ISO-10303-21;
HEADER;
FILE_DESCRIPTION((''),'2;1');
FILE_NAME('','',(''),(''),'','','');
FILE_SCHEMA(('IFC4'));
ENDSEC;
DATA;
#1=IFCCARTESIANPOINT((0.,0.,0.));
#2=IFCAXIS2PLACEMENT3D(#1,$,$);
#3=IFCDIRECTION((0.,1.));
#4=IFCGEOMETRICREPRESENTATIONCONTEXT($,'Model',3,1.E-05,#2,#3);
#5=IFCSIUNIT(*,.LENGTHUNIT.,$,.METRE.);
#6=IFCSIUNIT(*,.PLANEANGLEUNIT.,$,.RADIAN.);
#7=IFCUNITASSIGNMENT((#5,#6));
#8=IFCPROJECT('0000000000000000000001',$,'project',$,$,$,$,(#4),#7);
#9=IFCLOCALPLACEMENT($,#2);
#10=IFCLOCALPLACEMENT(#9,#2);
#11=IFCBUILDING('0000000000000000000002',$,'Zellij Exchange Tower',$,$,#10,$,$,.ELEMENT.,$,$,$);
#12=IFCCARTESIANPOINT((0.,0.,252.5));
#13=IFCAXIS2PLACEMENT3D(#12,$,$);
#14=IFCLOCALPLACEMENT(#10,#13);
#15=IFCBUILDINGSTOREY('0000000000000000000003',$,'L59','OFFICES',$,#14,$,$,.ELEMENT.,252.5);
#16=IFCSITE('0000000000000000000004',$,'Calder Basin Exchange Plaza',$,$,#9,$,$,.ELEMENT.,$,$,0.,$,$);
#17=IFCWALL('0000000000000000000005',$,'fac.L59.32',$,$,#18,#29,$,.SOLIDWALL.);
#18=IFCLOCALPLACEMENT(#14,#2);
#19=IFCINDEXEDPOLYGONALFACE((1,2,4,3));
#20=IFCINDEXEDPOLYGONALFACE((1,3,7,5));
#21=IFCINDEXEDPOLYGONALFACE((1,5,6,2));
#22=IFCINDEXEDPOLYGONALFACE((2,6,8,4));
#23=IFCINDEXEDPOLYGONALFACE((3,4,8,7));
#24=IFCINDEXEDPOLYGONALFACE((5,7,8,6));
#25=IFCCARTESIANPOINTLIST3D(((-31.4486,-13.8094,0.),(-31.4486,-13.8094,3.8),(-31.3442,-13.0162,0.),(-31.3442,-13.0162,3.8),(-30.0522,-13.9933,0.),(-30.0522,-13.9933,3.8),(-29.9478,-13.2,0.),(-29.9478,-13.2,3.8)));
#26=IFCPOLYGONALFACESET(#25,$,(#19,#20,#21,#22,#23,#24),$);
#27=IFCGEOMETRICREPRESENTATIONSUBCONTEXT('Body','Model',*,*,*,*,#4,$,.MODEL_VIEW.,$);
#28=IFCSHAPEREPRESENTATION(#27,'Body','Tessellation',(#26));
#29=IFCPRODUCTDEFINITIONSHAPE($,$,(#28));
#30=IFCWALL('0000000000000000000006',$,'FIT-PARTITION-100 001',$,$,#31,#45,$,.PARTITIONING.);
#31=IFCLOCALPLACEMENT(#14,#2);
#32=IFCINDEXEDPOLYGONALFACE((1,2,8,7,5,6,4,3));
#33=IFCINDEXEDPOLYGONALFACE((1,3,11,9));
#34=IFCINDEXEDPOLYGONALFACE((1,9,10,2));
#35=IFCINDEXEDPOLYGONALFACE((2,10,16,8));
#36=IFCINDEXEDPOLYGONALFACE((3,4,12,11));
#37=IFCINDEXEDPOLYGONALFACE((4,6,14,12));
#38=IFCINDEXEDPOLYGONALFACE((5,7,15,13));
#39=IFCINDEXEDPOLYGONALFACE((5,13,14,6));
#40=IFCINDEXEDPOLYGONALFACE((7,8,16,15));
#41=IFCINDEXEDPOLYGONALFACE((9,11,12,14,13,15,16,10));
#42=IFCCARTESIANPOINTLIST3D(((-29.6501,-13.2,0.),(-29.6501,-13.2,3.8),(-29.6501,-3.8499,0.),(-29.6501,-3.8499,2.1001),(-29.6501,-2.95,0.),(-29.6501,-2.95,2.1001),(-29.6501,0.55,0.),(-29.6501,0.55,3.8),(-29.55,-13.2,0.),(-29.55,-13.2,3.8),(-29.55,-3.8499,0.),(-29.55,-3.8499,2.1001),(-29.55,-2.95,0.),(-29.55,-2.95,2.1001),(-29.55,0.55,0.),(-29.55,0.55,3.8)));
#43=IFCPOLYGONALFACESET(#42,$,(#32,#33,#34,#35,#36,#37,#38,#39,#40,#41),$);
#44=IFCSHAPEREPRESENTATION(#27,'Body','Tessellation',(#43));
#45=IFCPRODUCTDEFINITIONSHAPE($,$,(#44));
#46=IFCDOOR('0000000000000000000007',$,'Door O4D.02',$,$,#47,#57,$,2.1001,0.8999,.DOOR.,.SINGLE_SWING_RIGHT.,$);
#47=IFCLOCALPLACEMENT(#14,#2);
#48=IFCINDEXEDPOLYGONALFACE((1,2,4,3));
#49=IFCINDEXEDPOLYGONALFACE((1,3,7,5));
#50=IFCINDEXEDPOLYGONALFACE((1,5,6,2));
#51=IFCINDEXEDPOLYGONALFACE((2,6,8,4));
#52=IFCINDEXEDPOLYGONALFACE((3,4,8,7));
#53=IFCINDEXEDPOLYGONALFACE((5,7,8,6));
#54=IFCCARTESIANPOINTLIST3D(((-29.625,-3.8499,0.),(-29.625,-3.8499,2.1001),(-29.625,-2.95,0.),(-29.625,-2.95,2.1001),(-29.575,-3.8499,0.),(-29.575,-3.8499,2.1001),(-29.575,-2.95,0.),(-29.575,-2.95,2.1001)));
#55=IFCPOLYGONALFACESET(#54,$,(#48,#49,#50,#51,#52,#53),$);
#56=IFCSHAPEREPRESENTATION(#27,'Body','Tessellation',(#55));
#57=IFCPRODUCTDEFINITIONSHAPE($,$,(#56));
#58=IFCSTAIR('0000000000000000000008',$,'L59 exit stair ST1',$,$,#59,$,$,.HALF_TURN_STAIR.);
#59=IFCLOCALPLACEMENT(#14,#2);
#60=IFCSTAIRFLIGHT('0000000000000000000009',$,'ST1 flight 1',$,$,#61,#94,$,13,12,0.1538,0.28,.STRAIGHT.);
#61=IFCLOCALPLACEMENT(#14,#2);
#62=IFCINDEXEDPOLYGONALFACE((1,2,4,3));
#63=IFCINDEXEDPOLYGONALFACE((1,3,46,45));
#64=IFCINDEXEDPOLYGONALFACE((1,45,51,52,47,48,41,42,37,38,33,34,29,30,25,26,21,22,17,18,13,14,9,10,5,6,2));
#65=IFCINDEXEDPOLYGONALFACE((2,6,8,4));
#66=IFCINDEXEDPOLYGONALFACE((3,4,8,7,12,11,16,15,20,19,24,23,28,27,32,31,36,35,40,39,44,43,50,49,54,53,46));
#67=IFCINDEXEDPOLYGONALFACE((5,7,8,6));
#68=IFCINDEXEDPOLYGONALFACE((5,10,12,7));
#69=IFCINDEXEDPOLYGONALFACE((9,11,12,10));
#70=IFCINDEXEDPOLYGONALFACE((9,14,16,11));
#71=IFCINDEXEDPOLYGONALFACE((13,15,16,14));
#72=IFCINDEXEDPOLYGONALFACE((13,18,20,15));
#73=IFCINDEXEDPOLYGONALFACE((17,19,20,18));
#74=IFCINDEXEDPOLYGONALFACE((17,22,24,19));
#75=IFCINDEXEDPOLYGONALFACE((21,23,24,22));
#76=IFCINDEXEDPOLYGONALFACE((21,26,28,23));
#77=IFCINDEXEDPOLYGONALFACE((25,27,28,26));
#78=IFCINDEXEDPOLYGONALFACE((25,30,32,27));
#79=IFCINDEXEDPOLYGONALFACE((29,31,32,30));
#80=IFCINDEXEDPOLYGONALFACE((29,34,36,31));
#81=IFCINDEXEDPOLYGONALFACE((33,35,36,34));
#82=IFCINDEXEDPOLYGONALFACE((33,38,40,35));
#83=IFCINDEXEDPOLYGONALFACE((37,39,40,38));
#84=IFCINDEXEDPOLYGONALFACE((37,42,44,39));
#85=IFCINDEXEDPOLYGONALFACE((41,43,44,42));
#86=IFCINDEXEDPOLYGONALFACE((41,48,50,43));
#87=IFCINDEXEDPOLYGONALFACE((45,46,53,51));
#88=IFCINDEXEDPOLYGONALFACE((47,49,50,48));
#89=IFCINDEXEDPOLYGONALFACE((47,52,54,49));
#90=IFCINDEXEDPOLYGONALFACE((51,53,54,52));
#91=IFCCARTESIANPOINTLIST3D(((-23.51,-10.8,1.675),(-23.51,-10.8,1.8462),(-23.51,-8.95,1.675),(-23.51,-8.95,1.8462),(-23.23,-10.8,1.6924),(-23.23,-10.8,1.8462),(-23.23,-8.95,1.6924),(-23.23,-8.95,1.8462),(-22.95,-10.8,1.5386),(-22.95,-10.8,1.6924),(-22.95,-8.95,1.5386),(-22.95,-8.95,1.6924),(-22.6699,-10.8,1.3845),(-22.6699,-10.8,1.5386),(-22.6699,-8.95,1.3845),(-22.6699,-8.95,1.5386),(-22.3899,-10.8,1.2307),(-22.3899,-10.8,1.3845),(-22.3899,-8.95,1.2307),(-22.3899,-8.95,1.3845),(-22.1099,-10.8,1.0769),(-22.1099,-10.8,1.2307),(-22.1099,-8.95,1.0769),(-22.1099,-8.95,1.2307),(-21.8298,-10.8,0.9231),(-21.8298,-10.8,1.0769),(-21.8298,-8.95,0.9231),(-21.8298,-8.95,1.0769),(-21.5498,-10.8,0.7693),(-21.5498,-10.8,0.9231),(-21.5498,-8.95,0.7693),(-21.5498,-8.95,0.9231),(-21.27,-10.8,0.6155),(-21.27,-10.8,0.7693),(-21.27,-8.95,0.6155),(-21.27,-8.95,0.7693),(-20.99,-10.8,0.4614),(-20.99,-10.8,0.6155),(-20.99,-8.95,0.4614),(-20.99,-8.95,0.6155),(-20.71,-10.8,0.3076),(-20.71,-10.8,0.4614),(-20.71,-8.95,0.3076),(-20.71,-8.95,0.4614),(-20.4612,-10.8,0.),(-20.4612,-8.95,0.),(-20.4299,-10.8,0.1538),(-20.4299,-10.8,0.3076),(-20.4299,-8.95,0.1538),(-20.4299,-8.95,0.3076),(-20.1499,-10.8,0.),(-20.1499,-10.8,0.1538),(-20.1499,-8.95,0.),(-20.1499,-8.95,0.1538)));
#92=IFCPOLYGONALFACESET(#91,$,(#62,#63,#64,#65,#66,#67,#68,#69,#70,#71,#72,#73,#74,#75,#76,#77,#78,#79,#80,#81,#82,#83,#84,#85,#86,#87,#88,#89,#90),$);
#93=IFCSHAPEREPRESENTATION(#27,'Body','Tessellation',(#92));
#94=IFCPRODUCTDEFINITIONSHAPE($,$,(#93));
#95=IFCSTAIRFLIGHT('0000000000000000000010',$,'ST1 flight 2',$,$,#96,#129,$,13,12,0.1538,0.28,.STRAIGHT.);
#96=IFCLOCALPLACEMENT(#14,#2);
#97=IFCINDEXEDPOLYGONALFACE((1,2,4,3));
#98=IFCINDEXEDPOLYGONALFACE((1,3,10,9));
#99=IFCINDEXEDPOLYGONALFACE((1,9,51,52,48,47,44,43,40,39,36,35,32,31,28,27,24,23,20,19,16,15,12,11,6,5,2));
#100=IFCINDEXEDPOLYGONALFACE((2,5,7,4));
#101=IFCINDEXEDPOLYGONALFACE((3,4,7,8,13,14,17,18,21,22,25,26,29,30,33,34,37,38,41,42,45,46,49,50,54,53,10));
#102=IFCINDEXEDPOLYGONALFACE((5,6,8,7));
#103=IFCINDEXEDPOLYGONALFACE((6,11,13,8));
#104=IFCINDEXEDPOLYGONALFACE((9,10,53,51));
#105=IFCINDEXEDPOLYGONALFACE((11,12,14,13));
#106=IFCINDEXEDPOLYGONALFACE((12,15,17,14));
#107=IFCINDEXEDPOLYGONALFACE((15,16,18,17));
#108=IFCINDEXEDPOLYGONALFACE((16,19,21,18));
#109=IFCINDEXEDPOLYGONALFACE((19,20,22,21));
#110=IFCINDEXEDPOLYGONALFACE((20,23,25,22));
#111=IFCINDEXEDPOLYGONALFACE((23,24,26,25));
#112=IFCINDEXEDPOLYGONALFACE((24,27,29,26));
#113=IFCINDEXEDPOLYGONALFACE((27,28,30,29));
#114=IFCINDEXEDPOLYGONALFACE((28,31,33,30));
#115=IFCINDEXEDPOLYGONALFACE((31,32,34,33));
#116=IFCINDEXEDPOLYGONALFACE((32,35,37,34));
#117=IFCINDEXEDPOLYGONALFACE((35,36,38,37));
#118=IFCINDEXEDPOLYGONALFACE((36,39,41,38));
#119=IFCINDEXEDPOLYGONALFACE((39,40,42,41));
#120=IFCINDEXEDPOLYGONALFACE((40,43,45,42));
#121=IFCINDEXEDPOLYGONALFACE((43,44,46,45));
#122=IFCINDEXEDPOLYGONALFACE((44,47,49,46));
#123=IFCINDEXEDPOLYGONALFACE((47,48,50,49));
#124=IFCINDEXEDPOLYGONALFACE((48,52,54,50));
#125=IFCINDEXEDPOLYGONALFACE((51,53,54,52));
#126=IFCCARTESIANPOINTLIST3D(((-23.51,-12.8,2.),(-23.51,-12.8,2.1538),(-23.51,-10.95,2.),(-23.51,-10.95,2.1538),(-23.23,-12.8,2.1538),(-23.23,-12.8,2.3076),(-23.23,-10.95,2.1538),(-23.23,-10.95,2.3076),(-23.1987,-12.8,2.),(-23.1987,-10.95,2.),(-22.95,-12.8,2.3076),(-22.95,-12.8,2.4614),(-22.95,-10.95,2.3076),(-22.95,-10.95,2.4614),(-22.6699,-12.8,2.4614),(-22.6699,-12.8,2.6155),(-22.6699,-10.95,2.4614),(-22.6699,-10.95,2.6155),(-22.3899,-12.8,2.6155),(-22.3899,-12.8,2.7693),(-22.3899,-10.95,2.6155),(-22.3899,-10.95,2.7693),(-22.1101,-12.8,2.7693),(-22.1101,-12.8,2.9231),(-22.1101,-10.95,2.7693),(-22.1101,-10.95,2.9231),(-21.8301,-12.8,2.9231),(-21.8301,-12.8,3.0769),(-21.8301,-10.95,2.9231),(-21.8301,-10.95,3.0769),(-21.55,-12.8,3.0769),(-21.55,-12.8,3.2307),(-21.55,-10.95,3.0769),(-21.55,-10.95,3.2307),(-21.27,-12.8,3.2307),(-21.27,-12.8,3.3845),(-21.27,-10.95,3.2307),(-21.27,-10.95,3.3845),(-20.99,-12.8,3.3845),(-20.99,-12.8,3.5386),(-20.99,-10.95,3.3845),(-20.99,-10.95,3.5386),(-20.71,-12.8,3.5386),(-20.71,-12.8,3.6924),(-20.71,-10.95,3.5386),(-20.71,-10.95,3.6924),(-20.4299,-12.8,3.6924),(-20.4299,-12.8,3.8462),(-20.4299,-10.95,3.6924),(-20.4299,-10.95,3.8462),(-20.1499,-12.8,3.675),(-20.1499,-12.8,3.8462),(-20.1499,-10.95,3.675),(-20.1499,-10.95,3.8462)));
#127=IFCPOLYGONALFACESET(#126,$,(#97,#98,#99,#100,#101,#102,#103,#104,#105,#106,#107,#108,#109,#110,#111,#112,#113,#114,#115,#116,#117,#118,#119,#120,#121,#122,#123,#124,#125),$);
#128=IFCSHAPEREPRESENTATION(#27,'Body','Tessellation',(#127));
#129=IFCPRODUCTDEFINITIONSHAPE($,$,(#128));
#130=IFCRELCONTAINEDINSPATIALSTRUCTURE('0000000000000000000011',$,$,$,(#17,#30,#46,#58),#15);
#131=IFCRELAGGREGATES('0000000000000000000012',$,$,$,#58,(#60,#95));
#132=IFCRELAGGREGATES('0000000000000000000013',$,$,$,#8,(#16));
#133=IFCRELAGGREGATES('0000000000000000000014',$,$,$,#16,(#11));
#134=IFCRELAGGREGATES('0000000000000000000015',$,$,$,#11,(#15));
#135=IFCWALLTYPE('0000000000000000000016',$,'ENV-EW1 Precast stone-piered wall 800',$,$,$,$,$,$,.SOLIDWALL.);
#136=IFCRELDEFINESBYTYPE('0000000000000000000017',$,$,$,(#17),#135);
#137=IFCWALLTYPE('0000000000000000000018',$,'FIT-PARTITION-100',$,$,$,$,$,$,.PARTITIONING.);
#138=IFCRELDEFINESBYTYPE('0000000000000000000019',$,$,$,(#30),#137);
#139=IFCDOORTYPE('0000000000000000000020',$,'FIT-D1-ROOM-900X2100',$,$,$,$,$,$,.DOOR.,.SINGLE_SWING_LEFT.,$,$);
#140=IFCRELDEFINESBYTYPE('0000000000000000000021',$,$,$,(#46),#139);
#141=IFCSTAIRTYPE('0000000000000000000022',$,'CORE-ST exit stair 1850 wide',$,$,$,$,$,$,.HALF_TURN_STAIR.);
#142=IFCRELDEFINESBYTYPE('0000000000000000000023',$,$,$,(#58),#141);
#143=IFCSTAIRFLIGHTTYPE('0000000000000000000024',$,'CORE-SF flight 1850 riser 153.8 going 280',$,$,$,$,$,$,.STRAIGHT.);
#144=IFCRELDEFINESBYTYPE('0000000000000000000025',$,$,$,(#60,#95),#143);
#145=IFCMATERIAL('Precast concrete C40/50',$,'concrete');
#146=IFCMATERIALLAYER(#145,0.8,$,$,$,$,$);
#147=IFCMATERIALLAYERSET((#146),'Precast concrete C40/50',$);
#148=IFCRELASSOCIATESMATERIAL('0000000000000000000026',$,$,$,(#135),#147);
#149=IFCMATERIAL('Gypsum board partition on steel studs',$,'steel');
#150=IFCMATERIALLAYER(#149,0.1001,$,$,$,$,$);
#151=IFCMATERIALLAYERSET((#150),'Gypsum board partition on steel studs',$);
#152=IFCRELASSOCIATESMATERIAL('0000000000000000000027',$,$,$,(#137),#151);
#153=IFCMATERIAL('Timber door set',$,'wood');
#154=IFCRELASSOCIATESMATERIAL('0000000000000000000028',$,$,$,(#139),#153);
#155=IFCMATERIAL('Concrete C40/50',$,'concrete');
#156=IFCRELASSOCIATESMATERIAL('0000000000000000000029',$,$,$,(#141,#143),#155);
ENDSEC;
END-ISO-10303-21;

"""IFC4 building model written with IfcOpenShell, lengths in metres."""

from ifc_helpers import new_model, si_unit, direction, frame, frame_2d, origin, place, context, subcontext, project, spatial, polyline, rectangle, outline, extrude, material, layer, layer_set, type_object, element, fill, aggregate, save


model = new_model("IFC4")

# Units and contexts
model_context = context("Model", 3, precision=1e-05, world=origin(), true_north=direction((0.0, 1.0)))
body_context = subcontext(model_context, "Body", "Model", "MODEL_VIEW")
ifc_project = project(units=[si_unit("LENGTHUNIT", "METRE"), si_unit("PLANEANGLEUNIT", "RADIAN")], contexts=[model_context])

# Site, building, storey
site_placement = place(None, origin())
site = spatial("IfcSite", under=ifc_project, at=site_placement, Name="Calder Basin Exchange Plaza", CompositionType="ELEMENT", RefElevation=0.0)
building_placement = place(site_placement, origin())
building = spatial("IfcBuilding", under=site, at=building_placement, Name="Zellij Exchange Tower", CompositionType="ELEMENT")
storey_placement = place(building_placement, frame((0.0, 0.0, 252.5)))
storey = spatial("IfcBuildingStorey", under=building, at=storey_placement, Name="L59", Description="OFFICES", CompositionType="ELEMENT", Elevation=252.5)

# Wall
ifc_material_1 = material(Name="Precast concrete C40/50", Category="concrete")
ifc_layer_1 = layer(ifc_material_1, 0.8)
ifc_layer_set_1 = layer_set([ifc_layer_1], Name="Precast concrete C40/50")
wall_type_1 = type_object("IfcWallType", Name="ENV-EW1 Precast stone-piered wall 800", PredefinedType="SOLIDWALL", material=ifc_layer_set_1)
wall_1_placement = place(storey_placement, frame((-31.3962, -13.4128, 0.0), z_axis=(0.0, 0.0, 1.0), x_axis=(0.991446, -0.130517, 0.0)))
element("IfcWall", 1, at=wall_1_placement, inside=storey, type_object=wall_type_1, Name="fac.L59.32", PredefinedType="SOLIDWALL", context=body_context, shape_type="SweptSolid", body=[
    extrude(rectangle(XDim=1.4084, YDim=0.8, at=frame_2d((0.7041, 0.0))), origin(), (0.0, 0.0, 1.0), 3.8),
])

# Wall, opening, door
ifc_material_2 = material(Name="Gypsum board partition on steel studs", Category="steel")
ifc_layer_2 = layer(ifc_material_2, 0.1001)
ifc_layer_set_2 = layer_set([ifc_layer_2], Name="Gypsum board partition on steel studs")
wall_type_2 = type_object("IfcWallType", Name="FIT-PARTITION-100", PredefinedType="PARTITIONING", material=ifc_layer_set_2)
wall_2_placement = place(storey_placement, frame((-29.6001, -13.2, 0.0), z_axis=(0.0, 0.0, 1.0), x_axis=(0.0, 1.0, 0.0)))
wall_2 = element("IfcWall", 2, at=wall_2_placement, inside=storey, type_object=wall_type_2, Name="FIT-PARTITION-100 001", PredefinedType="PARTITIONING", context=body_context, shape_type="SweptSolid", body=[
    extrude(rectangle(XDim=13.75, YDim=0.1001, at=frame_2d((6.875, 0.0))), origin(), (0.0, 0.0, 1.0), 3.8),
])
opening_1_placement = place(wall_2_placement, frame((9.3501, 0.0, 0.0)))
opening_1 = element("IfcOpeningElement", 3, at=opening_1_placement, cuts=wall_2, PredefinedType="OPENING", context=body_context, shape_type="SweptSolid", body=[
    extrude(rectangle(XDim=0.8999, YDim=2.1001, at=frame_2d((0.45, 1.05))), frame((0.0, 0.062, 0.0), z_axis=(0.0, -1.0, 0.0), x_axis=(1.0, 0.0, 0.0)), (0.0, 0.0, 1.0), 0.124),
])
ifc_material_3 = material(Name="Timber door set", Category="wood")
door_type_1 = type_object("IfcDoorType", Name="FIT-D1-ROOM-900X2100", OperationType="SINGLE_SWING_LEFT", PredefinedType="DOOR", material=ifc_material_3)
door_1_placement = place(opening_1_placement, origin())
door_1 = element("IfcDoor", 4, at=door_1_placement, inside=storey, type_object=door_type_1, Name="Door O4D.02", OperationType="SINGLE_SWING_RIGHT", OverallHeight=2.1001, OverallWidth=0.8999, PredefinedType="DOOR", context=body_context, shape_type="SweptSolid", body=[
    extrude(rectangle(XDim=0.8999, YDim=2.1001, at=frame_2d((0.45, 1.05))), frame((0.0, 0.0249, 0.0), z_axis=(0.0, -1.0, 0.0), x_axis=(1.0, 0.0, 0.0)), (0.0, 0.0, 1.0), 0.05),
])
fill(opening_1, door_1)

# Stair, stair flights
ifc_material_4 = material(Name="Concrete C40/50", Category="concrete")
stair_type = type_object("IfcStairType", Name="CORE-ST exit stair 1850 wide", PredefinedType="HALF_TURN_STAIR", material=ifc_material_4)
stair_placement = place(storey_placement, origin())
stair = element("IfcStair", 5, at=stair_placement, inside=storey, type_object=stair_type, Name="L59 exit stair ST1", PredefinedType="HALF_TURN_STAIR")
stair_flight_type = type_object("IfcStairFlightType", Name="CORE-SF flight 1850 riser 153.8 going 280", PredefinedType="STRAIGHT", material=ifc_material_4)
stair_flight_1_placement = place(storey_placement, frame((-20.1499, -9.875, 0.0), z_axis=(0.0, 0.0, 1.0), x_axis=(-1.0, 0.0, 0.0)))
stair_flight_1 = element("IfcStairFlight", 6, at=stair_flight_1_placement, type_object=stair_flight_type, Name="ST1 flight 1", NumberOfRisers=13, NumberOfTreads=12, PredefinedType="STRAIGHT", RiserHeight=0.1538, TreadLength=0.28, context=body_context, shape_type="SweptSolid", body=[
    extrude(outline(polyline([(0.0, 0.0), (0.0, 0.1538), (0.28, 0.1538), (0.28, 0.3076), (0.5601, 0.3076), (0.5601, 0.4614), (0.8401, 0.4614), (0.8401, 0.6155), (1.1201, 0.6155), (1.1201, 0.7693), (1.3999, 0.7693), (1.3999, 0.9231), (1.6799, 0.9231), (1.6799, 1.0769), (1.96, 1.0769), (1.96, 1.2307), (2.24, 1.2307), (2.24, 1.3845), (2.52, 1.3845), (2.52, 1.5386), (2.8, 1.5386), (2.8, 1.6924), (3.0801, 1.6924), (3.0801, 1.8462), (3.3601, 1.8462), (3.3601, 2.0), (3.3601, 1.675), (0.3113, 0.0), (0.0, 0.0)])), frame((0.0, 0.925, 0.0), z_axis=(0.0, -1.0, 0.0), x_axis=(1.0, 0.0, 0.0)), (0.0, 0.0, 1.0), 1.8501),
])
stair_flight_2_placement = place(storey_placement, frame((-23.51, -11.875, 2.0), z_axis=(0.0, 0.0, 1.0), x_axis=(1.0, 0.0, 0.0)))
stair_flight_2 = element("IfcStairFlight", 7, at=stair_flight_2_placement, type_object=stair_flight_type, Name="ST1 flight 2", NumberOfRisers=13, NumberOfTreads=12, PredefinedType="STRAIGHT", RiserHeight=0.1538, TreadLength=0.28, context=body_context, shape_type="SweptSolid", body=[
    extrude(outline(polyline([(0.0, 0.0), (0.0, 0.1538), (0.28, 0.1538), (0.28, 0.3076), (0.5601, 0.3076), (0.5601, 0.4614), (0.8401, 0.4614), (0.8401, 0.6155), (1.1201, 0.6155), (1.1201, 0.7693), (1.3999, 0.7693), (1.3999, 0.9231), (1.6799, 0.9231), (1.6799, 1.0769), (1.96, 1.0769), (1.96, 1.2307), (2.24, 1.2307), (2.24, 1.3845), (2.52, 1.3845), (2.52, 1.5386), (2.8, 1.5386), (2.8, 1.6924), (3.0801, 1.6924), (3.0801, 1.8462), (3.3601, 1.8462), (3.3601, 2.0), (3.3601, 1.675), (0.3113, 0.0), (0.0, 0.0)])), frame((0.0, 0.925, 0.0), z_axis=(0.0, -1.0, 0.0), x_axis=(1.0, 0.0, 0.0)), (0.0, 0.0, 1.0), 1.8501),
])
aggregate(stair, [stair_flight_1, stair_flight_2])

save(model, "model.ifc")
